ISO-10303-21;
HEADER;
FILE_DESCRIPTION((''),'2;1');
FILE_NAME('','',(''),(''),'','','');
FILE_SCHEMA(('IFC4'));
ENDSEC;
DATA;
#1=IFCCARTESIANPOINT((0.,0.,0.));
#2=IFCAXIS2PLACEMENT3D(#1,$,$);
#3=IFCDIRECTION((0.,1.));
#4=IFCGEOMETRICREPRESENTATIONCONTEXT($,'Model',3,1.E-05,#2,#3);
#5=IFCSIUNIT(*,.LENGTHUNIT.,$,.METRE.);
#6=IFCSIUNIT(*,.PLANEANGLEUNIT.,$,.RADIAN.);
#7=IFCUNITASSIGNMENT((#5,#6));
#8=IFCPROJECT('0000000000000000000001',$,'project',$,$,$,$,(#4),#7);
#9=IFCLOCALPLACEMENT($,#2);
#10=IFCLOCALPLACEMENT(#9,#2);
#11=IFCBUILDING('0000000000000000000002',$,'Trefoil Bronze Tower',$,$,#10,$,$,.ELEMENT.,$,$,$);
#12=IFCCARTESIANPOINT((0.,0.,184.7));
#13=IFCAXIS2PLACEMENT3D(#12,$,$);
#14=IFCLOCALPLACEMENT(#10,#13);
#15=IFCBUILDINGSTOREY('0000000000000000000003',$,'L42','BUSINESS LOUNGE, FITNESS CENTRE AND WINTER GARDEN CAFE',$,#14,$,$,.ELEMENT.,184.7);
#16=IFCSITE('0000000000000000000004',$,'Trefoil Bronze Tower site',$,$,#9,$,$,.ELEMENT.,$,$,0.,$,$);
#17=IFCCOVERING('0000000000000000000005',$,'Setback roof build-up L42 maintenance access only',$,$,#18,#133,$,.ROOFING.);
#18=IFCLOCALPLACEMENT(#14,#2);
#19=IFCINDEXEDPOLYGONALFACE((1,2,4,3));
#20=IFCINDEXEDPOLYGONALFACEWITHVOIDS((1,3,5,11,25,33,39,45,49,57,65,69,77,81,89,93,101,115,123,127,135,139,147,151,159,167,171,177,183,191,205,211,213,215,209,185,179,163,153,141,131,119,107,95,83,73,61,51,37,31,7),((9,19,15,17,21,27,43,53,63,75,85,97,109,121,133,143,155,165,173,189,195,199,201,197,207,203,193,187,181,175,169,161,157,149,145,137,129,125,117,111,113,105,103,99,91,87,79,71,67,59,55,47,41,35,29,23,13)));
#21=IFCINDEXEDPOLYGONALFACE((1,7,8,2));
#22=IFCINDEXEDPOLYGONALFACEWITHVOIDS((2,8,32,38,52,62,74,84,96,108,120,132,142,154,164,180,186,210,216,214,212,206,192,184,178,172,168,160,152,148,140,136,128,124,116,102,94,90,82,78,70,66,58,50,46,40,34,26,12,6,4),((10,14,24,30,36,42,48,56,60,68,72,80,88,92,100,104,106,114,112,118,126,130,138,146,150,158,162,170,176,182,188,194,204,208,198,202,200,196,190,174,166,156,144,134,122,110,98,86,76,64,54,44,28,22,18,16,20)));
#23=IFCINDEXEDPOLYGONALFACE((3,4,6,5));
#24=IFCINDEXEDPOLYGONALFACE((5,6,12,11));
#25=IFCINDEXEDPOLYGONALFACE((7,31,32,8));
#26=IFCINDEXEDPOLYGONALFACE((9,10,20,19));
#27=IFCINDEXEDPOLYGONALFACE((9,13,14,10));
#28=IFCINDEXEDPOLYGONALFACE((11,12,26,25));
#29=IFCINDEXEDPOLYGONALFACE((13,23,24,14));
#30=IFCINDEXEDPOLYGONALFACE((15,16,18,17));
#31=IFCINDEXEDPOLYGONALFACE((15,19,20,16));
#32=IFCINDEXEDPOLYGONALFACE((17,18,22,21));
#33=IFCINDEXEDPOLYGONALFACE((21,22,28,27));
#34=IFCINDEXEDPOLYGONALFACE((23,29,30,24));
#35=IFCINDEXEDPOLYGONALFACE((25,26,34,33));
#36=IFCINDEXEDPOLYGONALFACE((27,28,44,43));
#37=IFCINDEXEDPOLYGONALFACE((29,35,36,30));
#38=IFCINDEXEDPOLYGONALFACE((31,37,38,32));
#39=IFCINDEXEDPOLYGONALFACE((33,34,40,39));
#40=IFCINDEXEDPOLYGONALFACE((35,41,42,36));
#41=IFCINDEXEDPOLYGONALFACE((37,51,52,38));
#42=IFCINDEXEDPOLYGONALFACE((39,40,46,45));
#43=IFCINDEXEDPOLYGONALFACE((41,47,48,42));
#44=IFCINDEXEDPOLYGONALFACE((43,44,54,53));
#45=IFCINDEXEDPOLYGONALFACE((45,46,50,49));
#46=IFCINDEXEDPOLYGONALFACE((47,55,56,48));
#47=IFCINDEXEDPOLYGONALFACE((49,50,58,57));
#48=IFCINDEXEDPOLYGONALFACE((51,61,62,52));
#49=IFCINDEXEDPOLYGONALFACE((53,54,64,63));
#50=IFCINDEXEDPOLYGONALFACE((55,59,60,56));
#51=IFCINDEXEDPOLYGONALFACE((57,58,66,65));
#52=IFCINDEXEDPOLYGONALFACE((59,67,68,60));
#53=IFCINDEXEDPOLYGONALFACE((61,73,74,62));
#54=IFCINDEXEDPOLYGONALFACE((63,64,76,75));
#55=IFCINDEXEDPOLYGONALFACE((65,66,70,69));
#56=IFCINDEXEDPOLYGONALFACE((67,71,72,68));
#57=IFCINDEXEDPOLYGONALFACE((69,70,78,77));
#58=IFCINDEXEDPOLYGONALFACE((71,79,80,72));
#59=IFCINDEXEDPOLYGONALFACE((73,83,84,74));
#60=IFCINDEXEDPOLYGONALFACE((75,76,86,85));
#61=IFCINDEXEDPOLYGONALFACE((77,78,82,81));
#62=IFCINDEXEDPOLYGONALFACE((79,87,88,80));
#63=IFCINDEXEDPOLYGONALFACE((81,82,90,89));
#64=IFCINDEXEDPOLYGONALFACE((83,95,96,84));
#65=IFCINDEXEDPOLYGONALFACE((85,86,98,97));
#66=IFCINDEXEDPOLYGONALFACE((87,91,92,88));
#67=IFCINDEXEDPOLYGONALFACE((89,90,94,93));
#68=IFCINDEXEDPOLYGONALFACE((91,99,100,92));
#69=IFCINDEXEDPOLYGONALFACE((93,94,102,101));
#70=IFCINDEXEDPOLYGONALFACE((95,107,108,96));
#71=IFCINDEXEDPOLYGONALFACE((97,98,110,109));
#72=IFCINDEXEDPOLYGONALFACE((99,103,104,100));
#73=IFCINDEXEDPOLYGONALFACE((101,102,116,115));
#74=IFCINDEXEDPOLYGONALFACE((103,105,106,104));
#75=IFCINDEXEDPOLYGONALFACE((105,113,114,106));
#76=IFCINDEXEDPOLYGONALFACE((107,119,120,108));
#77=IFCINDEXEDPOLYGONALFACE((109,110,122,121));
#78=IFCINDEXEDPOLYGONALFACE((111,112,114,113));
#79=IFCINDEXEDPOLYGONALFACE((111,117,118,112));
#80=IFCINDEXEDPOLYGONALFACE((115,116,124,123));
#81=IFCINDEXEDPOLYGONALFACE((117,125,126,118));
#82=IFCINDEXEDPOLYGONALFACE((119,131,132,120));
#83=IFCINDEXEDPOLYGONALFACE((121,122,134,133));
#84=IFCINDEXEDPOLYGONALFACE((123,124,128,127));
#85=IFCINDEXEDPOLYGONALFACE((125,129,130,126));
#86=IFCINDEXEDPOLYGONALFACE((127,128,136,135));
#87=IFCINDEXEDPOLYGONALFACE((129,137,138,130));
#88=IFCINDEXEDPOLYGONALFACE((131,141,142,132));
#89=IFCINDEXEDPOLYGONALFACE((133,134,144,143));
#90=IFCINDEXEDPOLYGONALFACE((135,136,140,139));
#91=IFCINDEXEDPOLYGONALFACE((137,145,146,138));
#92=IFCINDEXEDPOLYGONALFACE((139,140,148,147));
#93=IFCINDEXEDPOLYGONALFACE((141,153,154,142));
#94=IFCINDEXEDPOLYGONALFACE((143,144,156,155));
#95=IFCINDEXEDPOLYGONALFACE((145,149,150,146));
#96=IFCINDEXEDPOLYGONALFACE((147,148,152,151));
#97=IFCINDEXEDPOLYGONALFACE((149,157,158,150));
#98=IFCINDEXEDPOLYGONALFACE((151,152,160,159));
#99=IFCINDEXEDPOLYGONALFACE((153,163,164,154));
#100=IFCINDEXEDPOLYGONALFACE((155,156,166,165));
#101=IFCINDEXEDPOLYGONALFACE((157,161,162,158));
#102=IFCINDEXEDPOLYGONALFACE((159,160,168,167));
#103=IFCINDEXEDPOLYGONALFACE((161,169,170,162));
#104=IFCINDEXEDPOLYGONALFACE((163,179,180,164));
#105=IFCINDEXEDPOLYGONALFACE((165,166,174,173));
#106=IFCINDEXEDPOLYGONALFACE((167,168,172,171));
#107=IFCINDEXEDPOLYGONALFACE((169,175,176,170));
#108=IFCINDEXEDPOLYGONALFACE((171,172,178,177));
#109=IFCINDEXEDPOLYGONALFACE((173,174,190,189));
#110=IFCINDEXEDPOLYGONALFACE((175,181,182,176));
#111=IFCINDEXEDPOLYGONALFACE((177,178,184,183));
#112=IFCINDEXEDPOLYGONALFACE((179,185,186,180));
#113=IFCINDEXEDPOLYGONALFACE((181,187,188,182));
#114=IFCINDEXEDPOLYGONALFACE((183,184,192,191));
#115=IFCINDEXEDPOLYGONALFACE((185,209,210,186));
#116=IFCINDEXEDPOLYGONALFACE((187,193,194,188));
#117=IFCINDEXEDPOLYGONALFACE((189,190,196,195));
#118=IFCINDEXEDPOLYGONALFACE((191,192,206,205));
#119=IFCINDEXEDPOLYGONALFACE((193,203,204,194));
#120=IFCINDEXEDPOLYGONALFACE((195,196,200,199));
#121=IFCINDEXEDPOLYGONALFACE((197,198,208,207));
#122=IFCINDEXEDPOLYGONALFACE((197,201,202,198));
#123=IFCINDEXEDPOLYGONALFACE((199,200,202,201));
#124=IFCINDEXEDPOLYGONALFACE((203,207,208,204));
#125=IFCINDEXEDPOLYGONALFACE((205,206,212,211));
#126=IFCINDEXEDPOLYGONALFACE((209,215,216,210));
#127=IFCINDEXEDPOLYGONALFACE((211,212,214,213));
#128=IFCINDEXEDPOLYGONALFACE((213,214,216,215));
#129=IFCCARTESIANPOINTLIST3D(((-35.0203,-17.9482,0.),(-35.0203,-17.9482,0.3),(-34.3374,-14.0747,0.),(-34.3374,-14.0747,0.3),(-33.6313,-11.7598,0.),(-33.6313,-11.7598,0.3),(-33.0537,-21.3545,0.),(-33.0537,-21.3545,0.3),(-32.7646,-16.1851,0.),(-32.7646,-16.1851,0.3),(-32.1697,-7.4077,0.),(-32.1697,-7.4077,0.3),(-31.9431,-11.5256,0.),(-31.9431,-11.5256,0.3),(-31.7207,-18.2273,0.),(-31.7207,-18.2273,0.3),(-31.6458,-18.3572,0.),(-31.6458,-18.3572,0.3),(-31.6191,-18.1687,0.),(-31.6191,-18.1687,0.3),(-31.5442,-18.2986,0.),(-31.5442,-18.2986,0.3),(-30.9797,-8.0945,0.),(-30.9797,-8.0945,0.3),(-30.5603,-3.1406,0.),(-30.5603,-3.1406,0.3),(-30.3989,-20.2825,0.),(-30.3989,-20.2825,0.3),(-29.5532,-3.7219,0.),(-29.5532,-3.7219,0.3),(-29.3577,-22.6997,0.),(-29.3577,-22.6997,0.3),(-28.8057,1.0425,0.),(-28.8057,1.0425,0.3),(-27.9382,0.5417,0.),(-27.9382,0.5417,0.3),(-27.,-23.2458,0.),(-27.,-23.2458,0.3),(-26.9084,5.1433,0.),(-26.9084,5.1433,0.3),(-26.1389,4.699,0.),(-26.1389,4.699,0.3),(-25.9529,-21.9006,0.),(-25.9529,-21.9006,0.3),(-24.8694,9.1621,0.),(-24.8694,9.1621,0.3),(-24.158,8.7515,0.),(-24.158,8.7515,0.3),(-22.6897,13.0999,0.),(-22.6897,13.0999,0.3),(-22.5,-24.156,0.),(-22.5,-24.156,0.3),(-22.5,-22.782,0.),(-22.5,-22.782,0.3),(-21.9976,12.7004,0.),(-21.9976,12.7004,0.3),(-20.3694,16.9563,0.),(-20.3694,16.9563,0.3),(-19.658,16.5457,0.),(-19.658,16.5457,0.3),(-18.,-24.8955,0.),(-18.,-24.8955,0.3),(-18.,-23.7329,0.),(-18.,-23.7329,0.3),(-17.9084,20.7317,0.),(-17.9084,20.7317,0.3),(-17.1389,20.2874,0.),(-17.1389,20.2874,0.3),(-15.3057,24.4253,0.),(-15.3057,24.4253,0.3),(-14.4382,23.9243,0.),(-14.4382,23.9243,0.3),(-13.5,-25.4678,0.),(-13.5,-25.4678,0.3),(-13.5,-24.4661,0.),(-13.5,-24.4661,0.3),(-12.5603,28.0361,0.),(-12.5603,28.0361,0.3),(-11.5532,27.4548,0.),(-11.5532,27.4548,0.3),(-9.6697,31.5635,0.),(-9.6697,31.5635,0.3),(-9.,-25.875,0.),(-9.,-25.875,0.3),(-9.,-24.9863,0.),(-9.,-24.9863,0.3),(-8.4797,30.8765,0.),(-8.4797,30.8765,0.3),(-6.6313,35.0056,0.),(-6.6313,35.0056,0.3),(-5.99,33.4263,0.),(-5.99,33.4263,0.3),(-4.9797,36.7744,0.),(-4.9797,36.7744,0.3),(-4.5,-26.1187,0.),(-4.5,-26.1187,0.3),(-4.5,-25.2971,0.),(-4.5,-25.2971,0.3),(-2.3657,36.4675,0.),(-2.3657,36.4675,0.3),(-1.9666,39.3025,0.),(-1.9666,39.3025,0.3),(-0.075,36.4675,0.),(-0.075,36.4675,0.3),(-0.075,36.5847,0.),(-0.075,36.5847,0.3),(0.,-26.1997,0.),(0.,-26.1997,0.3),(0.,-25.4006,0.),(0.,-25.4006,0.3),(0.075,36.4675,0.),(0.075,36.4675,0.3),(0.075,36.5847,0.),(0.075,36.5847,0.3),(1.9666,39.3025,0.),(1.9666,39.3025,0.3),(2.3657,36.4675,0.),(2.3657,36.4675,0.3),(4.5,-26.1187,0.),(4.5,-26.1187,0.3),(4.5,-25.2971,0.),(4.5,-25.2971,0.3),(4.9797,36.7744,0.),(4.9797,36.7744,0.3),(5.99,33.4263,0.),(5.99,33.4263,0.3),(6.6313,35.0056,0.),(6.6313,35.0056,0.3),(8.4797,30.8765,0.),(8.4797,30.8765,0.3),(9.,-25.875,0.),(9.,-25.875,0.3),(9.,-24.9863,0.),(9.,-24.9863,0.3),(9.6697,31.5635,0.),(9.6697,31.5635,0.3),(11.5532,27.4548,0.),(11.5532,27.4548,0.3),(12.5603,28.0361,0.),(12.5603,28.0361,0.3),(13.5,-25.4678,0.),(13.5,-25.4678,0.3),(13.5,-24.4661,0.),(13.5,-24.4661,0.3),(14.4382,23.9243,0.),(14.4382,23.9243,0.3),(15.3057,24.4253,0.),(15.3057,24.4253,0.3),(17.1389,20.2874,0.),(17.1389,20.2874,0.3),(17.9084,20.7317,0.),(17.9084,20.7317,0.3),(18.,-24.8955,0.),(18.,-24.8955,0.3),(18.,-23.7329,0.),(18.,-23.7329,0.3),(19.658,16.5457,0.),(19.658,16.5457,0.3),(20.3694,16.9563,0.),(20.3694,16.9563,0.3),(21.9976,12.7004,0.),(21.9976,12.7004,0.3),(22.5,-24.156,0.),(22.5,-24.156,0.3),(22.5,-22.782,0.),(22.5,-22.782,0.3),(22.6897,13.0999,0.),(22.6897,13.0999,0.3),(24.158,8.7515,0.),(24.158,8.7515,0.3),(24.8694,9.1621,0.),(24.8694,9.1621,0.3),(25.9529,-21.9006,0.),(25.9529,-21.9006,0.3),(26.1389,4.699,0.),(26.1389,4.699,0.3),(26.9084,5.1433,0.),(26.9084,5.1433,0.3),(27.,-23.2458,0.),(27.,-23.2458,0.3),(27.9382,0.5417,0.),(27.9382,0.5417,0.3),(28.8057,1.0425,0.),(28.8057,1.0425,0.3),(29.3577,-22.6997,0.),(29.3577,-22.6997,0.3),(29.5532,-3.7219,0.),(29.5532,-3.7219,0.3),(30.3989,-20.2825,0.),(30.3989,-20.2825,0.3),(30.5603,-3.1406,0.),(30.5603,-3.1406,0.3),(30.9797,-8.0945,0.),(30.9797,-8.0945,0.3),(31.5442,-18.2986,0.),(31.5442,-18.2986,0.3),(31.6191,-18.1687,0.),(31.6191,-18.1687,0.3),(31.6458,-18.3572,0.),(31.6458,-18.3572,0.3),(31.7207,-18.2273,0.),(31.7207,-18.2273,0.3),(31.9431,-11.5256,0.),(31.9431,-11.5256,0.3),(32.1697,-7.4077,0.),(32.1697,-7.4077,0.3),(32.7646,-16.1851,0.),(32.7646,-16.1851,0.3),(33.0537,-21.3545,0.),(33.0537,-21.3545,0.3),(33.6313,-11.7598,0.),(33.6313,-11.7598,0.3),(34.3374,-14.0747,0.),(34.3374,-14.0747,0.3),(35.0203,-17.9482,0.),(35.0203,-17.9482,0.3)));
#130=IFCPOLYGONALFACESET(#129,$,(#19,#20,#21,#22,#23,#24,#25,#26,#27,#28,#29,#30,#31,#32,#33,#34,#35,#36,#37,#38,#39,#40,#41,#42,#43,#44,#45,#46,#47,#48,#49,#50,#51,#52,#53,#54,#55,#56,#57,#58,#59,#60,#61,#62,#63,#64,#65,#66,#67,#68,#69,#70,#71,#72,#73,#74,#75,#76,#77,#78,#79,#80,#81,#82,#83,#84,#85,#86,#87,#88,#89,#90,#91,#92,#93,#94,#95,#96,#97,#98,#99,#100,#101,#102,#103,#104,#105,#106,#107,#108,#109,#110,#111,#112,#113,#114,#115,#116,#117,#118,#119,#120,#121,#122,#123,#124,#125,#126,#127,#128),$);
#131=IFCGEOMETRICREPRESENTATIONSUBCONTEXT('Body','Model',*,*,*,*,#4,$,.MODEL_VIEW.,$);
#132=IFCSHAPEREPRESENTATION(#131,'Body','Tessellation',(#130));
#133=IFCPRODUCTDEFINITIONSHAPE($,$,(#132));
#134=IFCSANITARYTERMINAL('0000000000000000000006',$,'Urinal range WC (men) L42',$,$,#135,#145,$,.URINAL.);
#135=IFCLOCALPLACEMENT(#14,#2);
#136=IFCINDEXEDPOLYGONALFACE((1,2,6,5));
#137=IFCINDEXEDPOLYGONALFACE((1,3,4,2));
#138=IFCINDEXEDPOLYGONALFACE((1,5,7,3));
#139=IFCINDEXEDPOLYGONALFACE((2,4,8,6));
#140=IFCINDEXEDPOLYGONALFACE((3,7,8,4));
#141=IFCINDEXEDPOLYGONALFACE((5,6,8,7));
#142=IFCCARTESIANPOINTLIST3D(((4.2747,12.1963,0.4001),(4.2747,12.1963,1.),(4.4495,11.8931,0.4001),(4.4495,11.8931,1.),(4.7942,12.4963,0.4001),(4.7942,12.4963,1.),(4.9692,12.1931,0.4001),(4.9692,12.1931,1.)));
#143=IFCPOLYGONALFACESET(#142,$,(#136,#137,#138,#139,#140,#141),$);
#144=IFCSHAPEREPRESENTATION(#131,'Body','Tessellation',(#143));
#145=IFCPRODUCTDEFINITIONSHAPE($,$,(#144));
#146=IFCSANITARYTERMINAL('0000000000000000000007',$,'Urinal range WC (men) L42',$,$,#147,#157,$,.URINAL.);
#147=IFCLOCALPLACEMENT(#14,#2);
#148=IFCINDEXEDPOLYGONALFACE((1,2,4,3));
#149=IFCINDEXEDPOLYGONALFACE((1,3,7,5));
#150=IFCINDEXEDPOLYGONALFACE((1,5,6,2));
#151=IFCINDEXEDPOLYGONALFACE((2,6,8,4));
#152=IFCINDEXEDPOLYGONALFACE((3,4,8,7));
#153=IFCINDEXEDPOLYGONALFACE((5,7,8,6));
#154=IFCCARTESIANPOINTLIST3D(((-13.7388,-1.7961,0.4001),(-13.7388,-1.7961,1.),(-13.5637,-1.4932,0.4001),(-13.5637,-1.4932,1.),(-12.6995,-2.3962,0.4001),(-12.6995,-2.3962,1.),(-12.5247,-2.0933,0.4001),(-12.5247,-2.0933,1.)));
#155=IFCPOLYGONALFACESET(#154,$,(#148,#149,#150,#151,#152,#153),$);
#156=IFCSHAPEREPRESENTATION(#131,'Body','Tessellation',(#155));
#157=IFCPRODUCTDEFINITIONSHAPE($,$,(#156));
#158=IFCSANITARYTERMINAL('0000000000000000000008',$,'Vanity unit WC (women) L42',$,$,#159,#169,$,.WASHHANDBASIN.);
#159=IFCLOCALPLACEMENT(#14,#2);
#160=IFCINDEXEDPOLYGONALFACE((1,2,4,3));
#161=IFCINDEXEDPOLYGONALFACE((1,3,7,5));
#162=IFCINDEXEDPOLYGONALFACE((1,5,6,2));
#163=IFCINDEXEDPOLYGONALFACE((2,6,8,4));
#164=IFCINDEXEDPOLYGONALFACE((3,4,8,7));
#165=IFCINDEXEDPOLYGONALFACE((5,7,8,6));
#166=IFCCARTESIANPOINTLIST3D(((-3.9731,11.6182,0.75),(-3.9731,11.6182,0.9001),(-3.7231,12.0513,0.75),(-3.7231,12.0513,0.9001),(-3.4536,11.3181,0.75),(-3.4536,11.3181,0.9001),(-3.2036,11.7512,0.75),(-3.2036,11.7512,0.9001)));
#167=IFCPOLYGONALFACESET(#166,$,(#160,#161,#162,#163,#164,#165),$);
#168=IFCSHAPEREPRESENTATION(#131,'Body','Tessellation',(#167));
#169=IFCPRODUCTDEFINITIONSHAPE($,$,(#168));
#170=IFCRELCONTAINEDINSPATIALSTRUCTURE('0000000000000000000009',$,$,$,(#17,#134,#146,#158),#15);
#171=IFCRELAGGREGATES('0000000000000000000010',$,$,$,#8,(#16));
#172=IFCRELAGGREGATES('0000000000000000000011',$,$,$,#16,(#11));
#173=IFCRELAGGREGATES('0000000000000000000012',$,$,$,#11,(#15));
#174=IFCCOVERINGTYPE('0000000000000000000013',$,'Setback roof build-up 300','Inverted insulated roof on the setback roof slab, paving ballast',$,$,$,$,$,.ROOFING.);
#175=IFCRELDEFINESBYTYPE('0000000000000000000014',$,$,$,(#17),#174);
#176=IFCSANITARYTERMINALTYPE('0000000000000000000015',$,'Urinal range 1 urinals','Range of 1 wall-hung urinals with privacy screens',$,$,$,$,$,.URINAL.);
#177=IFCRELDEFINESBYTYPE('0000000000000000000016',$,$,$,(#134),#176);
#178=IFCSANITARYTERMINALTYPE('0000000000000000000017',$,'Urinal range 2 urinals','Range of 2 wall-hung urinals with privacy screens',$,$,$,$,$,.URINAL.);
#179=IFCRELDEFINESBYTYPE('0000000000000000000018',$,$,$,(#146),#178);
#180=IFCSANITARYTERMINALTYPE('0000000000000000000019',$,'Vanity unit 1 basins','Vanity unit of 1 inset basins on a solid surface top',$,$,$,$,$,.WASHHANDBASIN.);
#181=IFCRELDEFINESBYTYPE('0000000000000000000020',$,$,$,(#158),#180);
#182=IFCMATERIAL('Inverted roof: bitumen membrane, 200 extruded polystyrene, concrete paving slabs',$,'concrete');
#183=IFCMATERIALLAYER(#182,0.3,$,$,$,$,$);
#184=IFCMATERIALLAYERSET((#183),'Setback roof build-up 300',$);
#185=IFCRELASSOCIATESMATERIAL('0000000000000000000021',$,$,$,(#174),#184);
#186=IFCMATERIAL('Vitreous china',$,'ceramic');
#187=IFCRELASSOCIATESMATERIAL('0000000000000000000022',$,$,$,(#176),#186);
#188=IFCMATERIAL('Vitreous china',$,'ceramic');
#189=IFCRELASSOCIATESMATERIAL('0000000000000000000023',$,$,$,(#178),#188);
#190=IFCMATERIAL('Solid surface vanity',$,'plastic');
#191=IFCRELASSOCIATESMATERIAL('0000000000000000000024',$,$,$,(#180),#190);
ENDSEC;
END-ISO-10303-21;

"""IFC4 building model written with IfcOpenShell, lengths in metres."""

from ifc_helpers import new_model, si_unit, direction, frame, origin, place, context, subcontext, project, spatial, polyline, outline, extrude, material, layer, layer_set, type_object, element, save


model = new_model("IFC4")

# Units and contexts
model_context = context("Model", 3, precision=1e-05, world=origin(), true_north=direction((0.0, 1.0)))
body_context = subcontext(model_context, "Body", "Model", "MODEL_VIEW")
ifc_project = project(units=[si_unit("LENGTHUNIT", "METRE"), si_unit("PLANEANGLEUNIT", "RADIAN")], contexts=[model_context])

# Site, building, storey
site_placement = place(None, origin())
site = spatial("IfcSite", under=ifc_project, at=site_placement, Name="Trefoil Bronze Tower site", CompositionType="ELEMENT", RefElevation=0.0)
building_placement = place(site_placement, origin())
building = spatial("IfcBuilding", under=site, at=building_placement, Name="Trefoil Bronze Tower", CompositionType="ELEMENT")
storey_placement = place(building_placement, frame((0.0, 0.0, 184.7)))
storey = spatial("IfcBuildingStorey", under=building, at=storey_placement, Name="L42", Description="BUSINESS LOUNGE, FITNESS CENTRE AND WINTER GARDEN CAFE", CompositionType="ELEMENT", Elevation=184.7)

# Covering
ifc_material_1 = material(Name="Inverted roof: bitumen membrane, 200 extruded polystyrene, concrete paving slabs", Category="concrete")
ifc_layer_1 = layer(ifc_material_1, 0.3)
ifc_layer_set_1 = layer_set([ifc_layer_1], Name="Setback roof build-up 300")
covering_type_1 = type_object("IfcCoveringType", Name="Setback roof build-up 300", Description="Inverted insulated roof on the setback roof slab, paving ballast", PredefinedType="ROOFING", material=ifc_layer_set_1)
covering_1_placement = place(storey_placement, origin())
element("IfcCovering", 1, at=covering_1_placement, inside=storey, type_object=covering_type_1, Name="Setback roof build-up L42 maintenance access only", PredefinedType="ROOFING", context=body_context, shape_type="SweptSolid", body=[
    extrude(outline(polyline([(24.8694, 9.1621), (26.9084, 5.1433), (28.8057, 1.0425), (30.5603, -3.1406), (32.1697, -7.4077), (33.6313, -11.7598), (34.3374, -14.0747), (35.0203, -17.9482), (33.0537, -21.3545), (29.3577, -22.6997), (27.0, -23.2458), (22.5, -24.156), (18.0, -24.8955), (13.5, -25.4678), (9.0, -25.875), (4.5, -26.1187), (0.0, -26.1997), (-4.5, -26.1187), (-9.0, -25.875), (-13.5, -25.4678), (-18.0, -24.8955), (-22.5, -24.156), (-27.0, -23.2458), (-29.3577, -22.6997), (-33.0537, -21.3545), (-35.0203, -17.9482), (-34.3374, -14.0747), (-33.6313, -11.7598), (-32.1697, -7.4077), (-30.5603, -3.1406), (-28.8057, 1.0425), (-26.9084, 5.1433), (-24.8694, 9.1621), (-22.6897, 13.0999), (-20.3694, 16.9563), (-17.9084, 20.7317), (-15.3057, 24.4253), (-12.5603, 28.0361), (-9.6697, 31.5635), (-6.6313, 35.0056), (-4.9797, 36.7744), (-1.9666, 39.3025), (1.9666, 39.3025), (4.9797, 36.7744), (6.6313, 35.0056), (9.6697, 31.5635), (12.5603, 28.0361), (15.3057, 24.4253), (17.9084, 20.7317), (20.3694, 16.9563), (22.6897, 13.0999), (24.8694, 9.1621)]), holes=[polyline([(0.075, 36.5847), (-0.075, 36.5847), (-0.075, 36.4675), (-2.3657, 36.4675), (-5.99, 33.4263), (-8.4797, 30.8765), (-11.5532, 27.4548), (-14.4382, 23.9243), (-17.1389, 20.2874), (-19.658, 16.5457), (-21.9976, 12.7004), (-24.158, 8.7515), (-26.1389, 4.699), (-27.9382, 0.5417), (-29.5532, -3.7219), (-30.9797, -8.0945), (-31.9431, -11.5256), (-32.7646, -16.1851), (-31.6191, -18.1687), (-31.7207, -18.2273), (-31.6458, -18.3572), (-31.5442, -18.2986), (-30.3989, -20.2825), (-25.9529, -21.9006), (-22.5, -22.782), (-18.0, -23.7329), (-13.5, -24.4661), (-9.0, -24.9863), (-4.5, -25.2971), (0.0, -25.4006), (4.5, -25.2971), (9.0, -24.9863), (13.5, -24.4661), (18.0, -23.7329), (22.5, -22.782), (25.9529, -21.9006), (30.3989, -20.2825), (31.5442, -18.2986), (31.6458, -18.3572), (31.7207, -18.2273), (31.6191, -18.1687), (32.7646, -16.1851), (31.9431, -11.5256), (30.9797, -8.0945), (29.5532, -3.7219), (27.9382, 0.5417), (26.1389, 4.699), (24.158, 8.7515), (21.9976, 12.7004), (19.658, 16.5457), (17.1389, 20.2874), (14.4382, 23.9243), (11.5532, 27.4548), (8.4797, 30.8765), (5.99, 33.4263), (2.3657, 36.4675), (0.075, 36.4675), (0.075, 36.5847)])]), origin(), (0.0, 0.0, 1.0), 0.3),
])

# Sanitary terminals
ifc_material_2 = material(Name="Vitreous china", Category="ceramic")
sanitary_terminal_type_1 = type_object("IfcSanitaryTerminalType", Name="Urinal range 1 urinals", Description="Range of 1 wall-hung urinals with privacy screens", PredefinedType="URINAL", material=ifc_material_2)
sanitary_terminal_1_placement = place(storey_placement, frame((0.0, 0.0, 0.4001)))
element("IfcSanitaryTerminal", 2, at=sanitary_terminal_1_placement, inside=storey, type_object=sanitary_terminal_type_1, Name="Urinal range WC (men) L42", PredefinedType="URINAL", context=body_context, shape_type="SweptSolid", body=[
    extrude(outline(polyline([(4.4495, 11.8931), (4.2747, 12.1963), (4.7942, 12.4963), (4.9692, 12.1931), (4.4495, 11.8931)])), origin(), (0.0, 0.0, 1.0), 0.5999),
])
ifc_material_3 = material(Name="Vitreous china", Category="ceramic")
sanitary_terminal_type_2 = type_object("IfcSanitaryTerminalType", Name="Urinal range 2 urinals", Description="Range of 2 wall-hung urinals with privacy screens", PredefinedType="URINAL", material=ifc_material_3)
sanitary_terminal_2_placement = place(storey_placement, frame((0.0, 0.0, 0.4001)))
element("IfcSanitaryTerminal", 3, at=sanitary_terminal_2_placement, inside=storey, type_object=sanitary_terminal_type_2, Name="Urinal range WC (men) L42", PredefinedType="URINAL", context=body_context, shape_type="SweptSolid", body=[
    extrude(outline(polyline([(-12.5247, -2.0933), (-12.6995, -2.3962), (-13.7388, -1.7961), (-13.5637, -1.4932), (-12.5247, -2.0933)])), origin(), (0.0, 0.0, 1.0), 0.5999),
])
ifc_material_4 = material(Name="Solid surface vanity", Category="plastic")
sanitary_terminal_type_3 = type_object("IfcSanitaryTerminalType", Name="Vanity unit 1 basins", Description="Vanity unit of 1 inset basins on a solid surface top", PredefinedType="WASHHANDBASIN", material=ifc_material_4)
sanitary_terminal_3_placement = place(storey_placement, frame((0.0, 0.0, 0.75)))
element("IfcSanitaryTerminal", 4, at=sanitary_terminal_3_placement, inside=storey, type_object=sanitary_terminal_type_3, Name="Vanity unit WC (women) L42", PredefinedType="WASHHANDBASIN", context=body_context, shape_type="SweptSolid", body=[
    extrude(outline(polyline([(-3.4536, 11.3181), (-3.2036, 11.7512), (-3.7231, 12.0513), (-3.9731, 11.6182), (-3.4536, 11.3181)])), origin(), (0.0, 0.0, 1.0), 0.1501),
])

save(model, "model.ifc")
